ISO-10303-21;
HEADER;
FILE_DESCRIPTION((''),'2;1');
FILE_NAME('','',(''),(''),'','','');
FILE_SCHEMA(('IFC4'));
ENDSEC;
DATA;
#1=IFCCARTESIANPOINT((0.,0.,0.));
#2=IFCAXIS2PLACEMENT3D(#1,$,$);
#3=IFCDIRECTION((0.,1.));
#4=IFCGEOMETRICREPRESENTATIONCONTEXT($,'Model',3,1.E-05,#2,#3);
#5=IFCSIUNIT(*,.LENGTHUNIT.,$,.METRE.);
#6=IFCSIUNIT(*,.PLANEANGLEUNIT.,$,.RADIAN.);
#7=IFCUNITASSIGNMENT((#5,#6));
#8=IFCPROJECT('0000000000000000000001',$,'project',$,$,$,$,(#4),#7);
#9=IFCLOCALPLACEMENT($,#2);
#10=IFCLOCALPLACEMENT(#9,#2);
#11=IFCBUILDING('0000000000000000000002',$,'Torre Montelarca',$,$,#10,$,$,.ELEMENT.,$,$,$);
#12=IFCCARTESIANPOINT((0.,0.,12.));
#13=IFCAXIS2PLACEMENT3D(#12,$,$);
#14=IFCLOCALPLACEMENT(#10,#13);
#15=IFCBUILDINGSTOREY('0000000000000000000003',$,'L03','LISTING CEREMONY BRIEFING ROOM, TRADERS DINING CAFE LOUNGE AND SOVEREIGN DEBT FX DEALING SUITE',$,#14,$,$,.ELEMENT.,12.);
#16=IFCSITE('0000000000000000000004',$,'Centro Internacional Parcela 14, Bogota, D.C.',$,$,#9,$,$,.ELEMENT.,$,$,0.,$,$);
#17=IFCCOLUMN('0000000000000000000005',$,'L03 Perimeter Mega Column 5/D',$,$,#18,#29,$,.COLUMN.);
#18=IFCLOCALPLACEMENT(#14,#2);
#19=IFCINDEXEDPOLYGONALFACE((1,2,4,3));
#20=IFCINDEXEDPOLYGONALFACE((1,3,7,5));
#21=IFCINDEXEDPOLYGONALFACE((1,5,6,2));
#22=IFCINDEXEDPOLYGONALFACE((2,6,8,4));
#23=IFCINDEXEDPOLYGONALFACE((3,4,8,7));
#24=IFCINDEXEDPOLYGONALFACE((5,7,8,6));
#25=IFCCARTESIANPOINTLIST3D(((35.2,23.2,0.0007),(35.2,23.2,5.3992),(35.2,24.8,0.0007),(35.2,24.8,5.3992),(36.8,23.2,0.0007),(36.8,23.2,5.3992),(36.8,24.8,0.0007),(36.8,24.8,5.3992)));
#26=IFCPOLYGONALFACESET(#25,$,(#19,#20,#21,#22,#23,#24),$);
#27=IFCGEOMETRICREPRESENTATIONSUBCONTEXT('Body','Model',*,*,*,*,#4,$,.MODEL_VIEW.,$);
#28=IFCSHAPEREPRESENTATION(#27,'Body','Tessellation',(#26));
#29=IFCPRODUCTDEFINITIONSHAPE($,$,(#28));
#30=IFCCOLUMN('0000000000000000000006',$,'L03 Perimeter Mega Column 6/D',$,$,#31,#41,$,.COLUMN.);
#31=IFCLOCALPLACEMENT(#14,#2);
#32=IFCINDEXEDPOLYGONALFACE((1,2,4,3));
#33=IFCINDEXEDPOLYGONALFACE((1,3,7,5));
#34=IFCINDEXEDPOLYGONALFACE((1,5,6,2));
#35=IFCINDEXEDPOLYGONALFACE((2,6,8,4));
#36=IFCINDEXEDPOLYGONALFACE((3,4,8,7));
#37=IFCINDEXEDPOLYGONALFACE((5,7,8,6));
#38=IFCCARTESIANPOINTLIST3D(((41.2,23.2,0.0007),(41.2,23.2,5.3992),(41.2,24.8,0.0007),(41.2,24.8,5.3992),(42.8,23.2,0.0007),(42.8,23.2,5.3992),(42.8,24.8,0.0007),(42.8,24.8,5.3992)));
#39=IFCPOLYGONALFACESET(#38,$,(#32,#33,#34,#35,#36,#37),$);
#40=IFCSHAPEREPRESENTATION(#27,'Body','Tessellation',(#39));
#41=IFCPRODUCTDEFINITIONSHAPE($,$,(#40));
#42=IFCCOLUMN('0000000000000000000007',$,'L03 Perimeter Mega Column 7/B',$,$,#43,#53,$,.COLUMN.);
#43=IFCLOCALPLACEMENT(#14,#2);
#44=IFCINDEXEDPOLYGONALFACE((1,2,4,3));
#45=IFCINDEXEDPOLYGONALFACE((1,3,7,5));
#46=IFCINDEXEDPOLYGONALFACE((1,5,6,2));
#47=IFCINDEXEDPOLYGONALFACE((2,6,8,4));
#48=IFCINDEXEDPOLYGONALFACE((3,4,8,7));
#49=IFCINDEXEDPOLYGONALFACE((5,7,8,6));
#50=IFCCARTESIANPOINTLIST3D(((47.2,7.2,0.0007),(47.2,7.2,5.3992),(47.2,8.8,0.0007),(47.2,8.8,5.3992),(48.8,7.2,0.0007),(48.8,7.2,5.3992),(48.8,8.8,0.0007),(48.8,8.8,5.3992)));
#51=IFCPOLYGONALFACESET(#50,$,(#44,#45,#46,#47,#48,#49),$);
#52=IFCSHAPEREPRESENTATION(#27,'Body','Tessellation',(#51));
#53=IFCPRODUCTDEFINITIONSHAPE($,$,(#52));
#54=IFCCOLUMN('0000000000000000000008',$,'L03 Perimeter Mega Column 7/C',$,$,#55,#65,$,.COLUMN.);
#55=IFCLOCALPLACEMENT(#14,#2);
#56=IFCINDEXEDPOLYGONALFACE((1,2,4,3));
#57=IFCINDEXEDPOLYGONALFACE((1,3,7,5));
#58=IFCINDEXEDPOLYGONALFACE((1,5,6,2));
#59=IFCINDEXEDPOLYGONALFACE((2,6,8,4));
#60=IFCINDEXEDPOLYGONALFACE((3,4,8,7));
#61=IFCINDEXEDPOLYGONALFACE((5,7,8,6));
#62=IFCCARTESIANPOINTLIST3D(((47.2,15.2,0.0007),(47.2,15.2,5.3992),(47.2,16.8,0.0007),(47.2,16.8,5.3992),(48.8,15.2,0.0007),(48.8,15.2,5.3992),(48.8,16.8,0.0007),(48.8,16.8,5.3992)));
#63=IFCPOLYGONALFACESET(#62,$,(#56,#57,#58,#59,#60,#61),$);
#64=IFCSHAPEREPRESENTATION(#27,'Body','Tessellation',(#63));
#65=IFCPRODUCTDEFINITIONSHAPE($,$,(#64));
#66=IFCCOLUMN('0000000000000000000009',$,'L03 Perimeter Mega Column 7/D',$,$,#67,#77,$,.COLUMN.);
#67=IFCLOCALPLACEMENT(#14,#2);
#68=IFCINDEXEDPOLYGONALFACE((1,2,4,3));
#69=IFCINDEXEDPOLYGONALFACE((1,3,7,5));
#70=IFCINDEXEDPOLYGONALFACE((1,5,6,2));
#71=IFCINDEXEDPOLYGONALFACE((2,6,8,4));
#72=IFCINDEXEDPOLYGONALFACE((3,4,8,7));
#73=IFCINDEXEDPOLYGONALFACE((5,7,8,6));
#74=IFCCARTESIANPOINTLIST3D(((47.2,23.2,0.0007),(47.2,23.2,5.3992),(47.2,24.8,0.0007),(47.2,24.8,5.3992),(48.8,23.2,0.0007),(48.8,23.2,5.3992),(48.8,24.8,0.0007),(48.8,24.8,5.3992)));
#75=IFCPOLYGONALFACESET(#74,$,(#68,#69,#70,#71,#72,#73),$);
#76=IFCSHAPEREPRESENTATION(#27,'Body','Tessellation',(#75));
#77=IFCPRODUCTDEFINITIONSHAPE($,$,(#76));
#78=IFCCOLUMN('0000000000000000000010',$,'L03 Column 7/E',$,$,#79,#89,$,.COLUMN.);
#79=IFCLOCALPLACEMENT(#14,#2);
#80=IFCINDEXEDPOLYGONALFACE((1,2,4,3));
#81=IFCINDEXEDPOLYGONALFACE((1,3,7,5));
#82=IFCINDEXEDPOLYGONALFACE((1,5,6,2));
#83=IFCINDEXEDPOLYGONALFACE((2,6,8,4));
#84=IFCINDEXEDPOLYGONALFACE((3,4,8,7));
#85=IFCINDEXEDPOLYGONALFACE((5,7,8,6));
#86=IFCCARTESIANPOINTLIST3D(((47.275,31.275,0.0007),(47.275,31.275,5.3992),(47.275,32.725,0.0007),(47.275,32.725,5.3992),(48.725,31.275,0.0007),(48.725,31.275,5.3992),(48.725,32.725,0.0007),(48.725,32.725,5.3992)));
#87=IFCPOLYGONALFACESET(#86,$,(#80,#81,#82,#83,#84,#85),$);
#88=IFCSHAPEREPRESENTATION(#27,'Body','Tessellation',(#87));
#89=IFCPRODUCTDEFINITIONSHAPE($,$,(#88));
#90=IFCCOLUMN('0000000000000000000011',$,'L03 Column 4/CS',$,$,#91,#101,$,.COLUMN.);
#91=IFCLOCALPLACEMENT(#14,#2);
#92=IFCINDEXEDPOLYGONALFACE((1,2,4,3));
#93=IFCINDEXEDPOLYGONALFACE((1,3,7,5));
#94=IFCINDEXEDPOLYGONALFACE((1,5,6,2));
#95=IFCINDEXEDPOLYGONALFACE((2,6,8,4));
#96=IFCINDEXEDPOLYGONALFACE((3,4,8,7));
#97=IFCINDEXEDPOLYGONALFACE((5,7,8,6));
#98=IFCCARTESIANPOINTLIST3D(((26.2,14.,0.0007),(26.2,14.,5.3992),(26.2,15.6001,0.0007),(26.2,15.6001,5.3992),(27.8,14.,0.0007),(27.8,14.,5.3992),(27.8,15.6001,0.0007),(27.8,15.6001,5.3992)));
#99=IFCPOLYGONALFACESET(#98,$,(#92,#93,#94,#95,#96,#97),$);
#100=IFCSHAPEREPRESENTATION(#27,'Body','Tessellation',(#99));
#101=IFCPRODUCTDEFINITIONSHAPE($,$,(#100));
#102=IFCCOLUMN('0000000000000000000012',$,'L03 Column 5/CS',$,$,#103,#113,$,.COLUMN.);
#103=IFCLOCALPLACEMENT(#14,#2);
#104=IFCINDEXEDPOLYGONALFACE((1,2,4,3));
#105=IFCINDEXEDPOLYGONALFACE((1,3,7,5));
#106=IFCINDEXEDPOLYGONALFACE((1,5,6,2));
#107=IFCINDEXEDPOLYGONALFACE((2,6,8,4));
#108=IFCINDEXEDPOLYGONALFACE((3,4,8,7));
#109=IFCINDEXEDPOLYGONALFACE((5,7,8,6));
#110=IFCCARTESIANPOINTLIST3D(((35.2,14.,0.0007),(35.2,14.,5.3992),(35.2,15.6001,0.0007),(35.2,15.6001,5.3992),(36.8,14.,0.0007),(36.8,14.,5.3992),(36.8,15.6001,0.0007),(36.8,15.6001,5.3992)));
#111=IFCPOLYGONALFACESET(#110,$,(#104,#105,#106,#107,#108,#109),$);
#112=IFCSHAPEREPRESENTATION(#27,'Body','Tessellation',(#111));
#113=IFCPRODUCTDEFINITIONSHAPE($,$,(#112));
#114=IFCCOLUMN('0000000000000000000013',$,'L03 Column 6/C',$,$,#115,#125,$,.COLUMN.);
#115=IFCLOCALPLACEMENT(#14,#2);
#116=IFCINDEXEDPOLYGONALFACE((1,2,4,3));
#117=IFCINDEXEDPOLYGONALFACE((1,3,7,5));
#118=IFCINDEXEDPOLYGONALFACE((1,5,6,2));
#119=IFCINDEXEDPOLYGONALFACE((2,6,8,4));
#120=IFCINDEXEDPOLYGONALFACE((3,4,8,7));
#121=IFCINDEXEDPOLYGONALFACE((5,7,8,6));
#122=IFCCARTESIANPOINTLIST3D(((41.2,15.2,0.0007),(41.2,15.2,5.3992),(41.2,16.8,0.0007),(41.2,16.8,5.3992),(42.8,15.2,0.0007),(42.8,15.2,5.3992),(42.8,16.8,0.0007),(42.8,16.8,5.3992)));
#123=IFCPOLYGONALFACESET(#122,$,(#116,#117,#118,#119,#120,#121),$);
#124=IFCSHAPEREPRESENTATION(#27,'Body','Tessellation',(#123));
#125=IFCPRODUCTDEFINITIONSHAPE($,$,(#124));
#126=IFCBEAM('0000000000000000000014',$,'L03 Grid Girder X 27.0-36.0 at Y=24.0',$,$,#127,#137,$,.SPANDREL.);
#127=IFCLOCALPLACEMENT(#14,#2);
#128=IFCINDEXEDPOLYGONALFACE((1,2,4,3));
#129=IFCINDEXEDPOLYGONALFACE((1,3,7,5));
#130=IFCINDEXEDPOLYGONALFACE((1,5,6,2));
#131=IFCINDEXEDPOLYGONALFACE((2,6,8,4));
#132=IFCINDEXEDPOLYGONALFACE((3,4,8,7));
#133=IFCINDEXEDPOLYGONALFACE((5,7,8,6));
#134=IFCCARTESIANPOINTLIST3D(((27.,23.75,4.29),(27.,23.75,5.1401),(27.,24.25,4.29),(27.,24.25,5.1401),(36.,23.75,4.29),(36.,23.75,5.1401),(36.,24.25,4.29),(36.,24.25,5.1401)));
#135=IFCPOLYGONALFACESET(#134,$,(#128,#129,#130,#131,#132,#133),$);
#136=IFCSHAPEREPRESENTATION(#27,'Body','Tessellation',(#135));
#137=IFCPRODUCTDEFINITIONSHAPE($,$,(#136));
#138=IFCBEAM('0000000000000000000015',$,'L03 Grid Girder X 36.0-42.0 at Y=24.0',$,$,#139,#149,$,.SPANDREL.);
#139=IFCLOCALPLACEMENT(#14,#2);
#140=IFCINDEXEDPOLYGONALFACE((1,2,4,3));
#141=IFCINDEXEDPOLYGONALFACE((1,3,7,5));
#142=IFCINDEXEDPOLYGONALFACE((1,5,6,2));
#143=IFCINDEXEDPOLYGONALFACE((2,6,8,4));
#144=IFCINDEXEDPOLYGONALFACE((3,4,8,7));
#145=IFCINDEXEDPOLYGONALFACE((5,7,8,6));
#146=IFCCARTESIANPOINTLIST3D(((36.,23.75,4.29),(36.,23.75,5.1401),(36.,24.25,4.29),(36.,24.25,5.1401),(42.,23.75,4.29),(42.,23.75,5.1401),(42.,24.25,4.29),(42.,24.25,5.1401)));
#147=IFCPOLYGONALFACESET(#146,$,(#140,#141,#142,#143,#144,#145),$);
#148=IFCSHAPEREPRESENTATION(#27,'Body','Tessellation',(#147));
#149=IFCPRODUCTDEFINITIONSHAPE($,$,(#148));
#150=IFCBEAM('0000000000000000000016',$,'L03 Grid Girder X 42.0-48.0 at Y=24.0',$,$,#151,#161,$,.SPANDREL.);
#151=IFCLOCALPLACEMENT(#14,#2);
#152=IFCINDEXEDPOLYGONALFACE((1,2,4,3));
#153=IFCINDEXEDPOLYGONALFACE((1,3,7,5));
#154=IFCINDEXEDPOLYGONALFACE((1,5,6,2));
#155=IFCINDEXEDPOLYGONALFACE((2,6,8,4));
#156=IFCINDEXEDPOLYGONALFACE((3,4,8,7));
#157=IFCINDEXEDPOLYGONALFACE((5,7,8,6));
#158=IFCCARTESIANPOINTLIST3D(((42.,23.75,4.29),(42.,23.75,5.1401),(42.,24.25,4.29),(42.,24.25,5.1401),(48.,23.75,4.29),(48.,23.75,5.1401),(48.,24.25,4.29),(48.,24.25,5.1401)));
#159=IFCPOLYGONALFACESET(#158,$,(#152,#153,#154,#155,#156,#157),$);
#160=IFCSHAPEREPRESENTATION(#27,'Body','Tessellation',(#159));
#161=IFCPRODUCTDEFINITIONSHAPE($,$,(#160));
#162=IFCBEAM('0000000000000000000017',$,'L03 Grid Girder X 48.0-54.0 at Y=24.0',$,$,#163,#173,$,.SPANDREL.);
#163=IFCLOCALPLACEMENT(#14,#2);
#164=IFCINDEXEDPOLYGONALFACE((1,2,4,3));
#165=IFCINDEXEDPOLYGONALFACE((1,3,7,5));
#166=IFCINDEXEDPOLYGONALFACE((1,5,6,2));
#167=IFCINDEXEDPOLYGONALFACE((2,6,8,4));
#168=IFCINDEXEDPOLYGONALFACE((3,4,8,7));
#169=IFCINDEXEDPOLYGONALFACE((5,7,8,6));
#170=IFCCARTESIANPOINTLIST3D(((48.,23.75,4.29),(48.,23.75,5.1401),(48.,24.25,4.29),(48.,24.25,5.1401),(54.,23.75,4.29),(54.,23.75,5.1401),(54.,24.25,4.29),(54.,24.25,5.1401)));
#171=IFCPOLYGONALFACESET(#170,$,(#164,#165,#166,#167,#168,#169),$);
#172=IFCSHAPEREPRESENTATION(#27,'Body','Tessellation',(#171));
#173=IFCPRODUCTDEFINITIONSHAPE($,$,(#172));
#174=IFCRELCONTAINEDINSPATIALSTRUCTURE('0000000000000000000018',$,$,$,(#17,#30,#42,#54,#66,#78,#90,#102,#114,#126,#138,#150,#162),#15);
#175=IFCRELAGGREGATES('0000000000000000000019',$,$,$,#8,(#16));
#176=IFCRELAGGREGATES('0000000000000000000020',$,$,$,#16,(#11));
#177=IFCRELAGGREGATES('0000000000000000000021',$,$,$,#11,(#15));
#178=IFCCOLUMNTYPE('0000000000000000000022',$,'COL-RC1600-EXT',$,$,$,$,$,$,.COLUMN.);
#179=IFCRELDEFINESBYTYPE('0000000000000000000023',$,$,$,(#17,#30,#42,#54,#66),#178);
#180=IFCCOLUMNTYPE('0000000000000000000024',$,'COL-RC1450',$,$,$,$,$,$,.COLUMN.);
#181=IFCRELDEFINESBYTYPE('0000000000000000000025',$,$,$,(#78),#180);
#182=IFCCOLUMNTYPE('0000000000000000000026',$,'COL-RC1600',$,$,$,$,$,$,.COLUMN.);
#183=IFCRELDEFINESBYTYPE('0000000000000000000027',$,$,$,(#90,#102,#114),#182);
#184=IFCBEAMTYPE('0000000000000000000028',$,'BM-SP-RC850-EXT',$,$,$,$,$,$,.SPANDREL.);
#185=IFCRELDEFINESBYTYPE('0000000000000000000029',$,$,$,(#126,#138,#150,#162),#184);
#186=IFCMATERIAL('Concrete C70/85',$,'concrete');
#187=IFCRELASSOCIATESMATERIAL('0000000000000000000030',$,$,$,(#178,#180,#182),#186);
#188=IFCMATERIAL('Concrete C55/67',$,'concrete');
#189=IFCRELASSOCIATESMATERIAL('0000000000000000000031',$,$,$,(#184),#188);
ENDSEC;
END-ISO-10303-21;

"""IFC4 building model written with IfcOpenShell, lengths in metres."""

from ifc_helpers import new_model, si_unit, direction, frame, origin, origin_2d, place, context, subcontext, project, spatial, rectangle, extrude, source, transform, mapped, material, material_profile, profile_set, type_object, element, save


model = new_model("IFC4")

# Units and contexts
model_context = context("Model", 3, precision=1e-05, world=origin(), true_north=direction((0.0, 1.0)))
body_context = subcontext(model_context, "Body", "Model", "MODEL_VIEW")
ifc_project = project(units=[si_unit("LENGTHUNIT", "METRE"), si_unit("PLANEANGLEUNIT", "RADIAN")], contexts=[model_context])

# Site, building, storey
site_placement = place(None, origin())
site = spatial("IfcSite", under=ifc_project, at=site_placement, Name="Centro Internacional Parcela 14, Bogota, D.C.", CompositionType="ELEMENT", RefElevation=0.0)
building_placement = place(site_placement, origin())
building = spatial("IfcBuilding", under=site, at=building_placement, Name="Torre Montelarca", CompositionType="ELEMENT")
storey_placement = place(building_placement, frame((0.0, 0.0, 12.0)))
storey = spatial("IfcBuildingStorey", under=building, at=storey_placement, Name="L03", Description="LISTING CEREMONY BRIEFING ROOM, TRADERS DINING CAFE LOUNGE AND SOVEREIGN DEBT FX DEALING SUITE", CompositionType="ELEMENT", Elevation=12.0)

# Columns
ifc_material_1 = material(Name="Concrete C70/85", Category="concrete")
ifc_material_profile_1 = material_profile(ifc_material_1, rectangle(XDim=1.6001, YDim=1.6001, at=origin_2d()), Name="RC1600X1600", Category="concrete")
ifc_profile_set_1 = profile_set([ifc_material_profile_1], Name="Concrete C70/85")
column_type_1 = type_object("IfcColumnType", Name="COL-RC1600-EXT", PredefinedType="COLUMN", material=ifc_profile_set_1)
shared_shape_1 = source(origin(), body_context, "Body", "SweptSolid", [
    extrude(rectangle(XDim=1.6001, YDim=1.6001, at=origin_2d()), origin(), (0.0, 0.0, 1.0), 5.3984),
])
for number, where, z_axis, x_axis, name in (
    (1, (36.0, 24.0, 0.0007), (0.0, 0.0, 1.0), (1.0, 0.0, 0.0), "L03 Perimeter Mega Column 5/D"),
    (2, (42.0, 24.0, 0.0007), (0.0, 0.0, 1.0), (1.0, 0.0, 0.0), "L03 Perimeter Mega Column 6/D"),
    (3, (48.0, 8.0, 0.0007), (0.0, 0.0, 1.0), (1.0, 0.0, 0.0), "L03 Perimeter Mega Column 7/B"),
    (4, (48.0, 16.0, 0.0007), (0.0, 0.0, 1.0), (1.0, 0.0, 0.0), "L03 Perimeter Mega Column 7/C"),
    (5, (48.0, 24.0, 0.0007), (0.0, 0.0, 1.0), (1.0, 0.0, 0.0), "L03 Perimeter Mega Column 7/D"),
):
    element("IfcColumn", number, at=place(storey_placement, frame(where, z_axis=z_axis, x_axis=x_axis)), inside=storey, type_object=column_type_1, Name=name, PredefinedType="COLUMN", context=body_context, shape_type="MappedRepresentation", body=[
        mapped(shared_shape_1, transform((0.0, 0.0, 0.0), scale=1.0)),
    ])
ifc_material_profile_2 = material_profile(ifc_material_1, rectangle(XDim=1.45, YDim=1.45, at=origin_2d()), Name="RC1450X1450", Category="concrete")
ifc_profile_set_2 = profile_set([ifc_material_profile_2], Name="Concrete C70/85")
column_type_2 = type_object("IfcColumnType", Name="COL-RC1450", PredefinedType="COLUMN", material=ifc_profile_set_2)
shared_shape_2 = source(origin(), body_context, "Body", "SweptSolid", [
    extrude(rectangle(XDim=1.45, YDim=1.45, at=origin_2d()), origin(), (0.0, 0.0, 1.0), 5.3984),
])
column_placement = place(storey_placement, frame((48.0, 32.0, 0.0007), z_axis=(0.0, 0.0, 1.0), x_axis=(1.0, 0.0, 0.0)))
element("IfcColumn", 6, at=column_placement, inside=storey, type_object=column_type_2, Name="L03 Column 7/E", PredefinedType="COLUMN", context=body_context, shape_type="MappedRepresentation", body=[
    mapped(shared_shape_2, transform((0.0, 0.0, 0.0), scale=1.0)),
])
ifc_material_profile_3 = material_profile(ifc_material_1, rectangle(XDim=1.6001, YDim=1.6001, at=origin_2d()), Name="RC1600X1600", Category="concrete")
ifc_profile_set_3 = profile_set([ifc_material_profile_3], Name="Concrete C70/85")
column_type_3 = type_object("IfcColumnType", Name="COL-RC1600", PredefinedType="COLUMN", material=ifc_profile_set_3)
shared_shape_3 = source(origin(), body_context, "Body", "SweptSolid", [
    extrude(rectangle(XDim=1.6001, YDim=1.6001, at=origin_2d()), origin(), (0.0, 0.0, 1.0), 5.3984),
])
for number, where, z_axis, x_axis, name in (
    (7, (27.0, 14.8, 0.0007), (0.0, 0.0, 1.0), (1.0, 0.0, 0.0), "L03 Column 4/CS"),
    (8, (36.0, 14.8, 0.0007), (0.0, 0.0, 1.0), (1.0, 0.0, 0.0), "L03 Column 5/CS"),
    (9, (42.0, 16.0, 0.0007), (0.0, 0.0, 1.0), (1.0, 0.0, 0.0), "L03 Column 6/C"),
):
    element("IfcColumn", number, at=place(storey_placement, frame(where, z_axis=z_axis, x_axis=x_axis)), inside=storey, type_object=column_type_3, Name=name, PredefinedType="COLUMN", context=body_context, shape_type="MappedRepresentation", body=[
        mapped(shared_shape_3, transform((0.0, 0.0, 0.0), scale=1.0)),
    ])

# Beams
ifc_material_2 = material(Name="Concrete C55/67", Category="concrete")
ifc_material_profile_4 = material_profile(ifc_material_2, rectangle(XDim=0.5, YDim=0.8501, at=origin_2d()), Name="RCB500X850", Category="concrete")
ifc_profile_set_4 = profile_set([ifc_material_profile_4], Name="Concrete C55/67")
beam_type_1 = type_object("IfcBeamType", Name="BM-SP-RC850-EXT", PredefinedType="SPANDREL", material=ifc_profile_set_4)
shared_shape_4 = source(origin(), body_context, "Body", "SweptSolid", [
    extrude(rectangle(XDim=0.5, YDim=0.8501, at=origin_2d()), origin(), (0.0, 0.0, 1.0), 9.0),
])
beam_1_placement = place(storey_placement, frame((27.0, 24.0, 4.7151), z_axis=(1.0, 0.0, 0.0), x_axis=(0.0, 1.0, 0.0)))
element("IfcBeam", 10, at=beam_1_placement, inside=storey, type_object=beam_type_1, Name="L03 Grid Girder X 27.0-36.0 at Y=24.0", PredefinedType="SPANDREL", context=body_context, shape_type="MappedRepresentation", body=[
    mapped(shared_shape_4, transform((0.0, 0.0, 0.0), scale=1.0)),
])
shared_shape_5 = source(origin(), body_context, "Body", "SweptSolid", [
    extrude(rectangle(XDim=0.5, YDim=0.8501, at=origin_2d()), origin(), (0.0, 0.0, 1.0), 6.0),
])
for number, where, z_axis, x_axis, name in (
    (11, (36.0, 24.0, 4.7151), (1.0, 0.0, 0.0), (0.0, 1.0, 0.0), "L03 Grid Girder X 36.0-42.0 at Y=24.0"),
    (12, (42.0, 24.0, 4.7151), (1.0, 0.0, 0.0), (0.0, 1.0, 0.0), "L03 Grid Girder X 42.0-48.0 at Y=24.0"),
    (13, (48.0, 24.0, 4.7151), (1.0, 0.0, 0.0), (0.0, 1.0, 0.0), "L03 Grid Girder X 48.0-54.0 at Y=24.0"),
):
    element("IfcBeam", number, at=place(storey_placement, frame(where, z_axis=z_axis, x_axis=x_axis)), inside=storey, type_object=beam_type_1, Name=name, PredefinedType="SPANDREL", context=body_context, shape_type="MappedRepresentation", body=[
        mapped(shared_shape_5, transform((0.0, 0.0, 0.0), scale=1.0)),
    ])

save(model, "model.ifc")
